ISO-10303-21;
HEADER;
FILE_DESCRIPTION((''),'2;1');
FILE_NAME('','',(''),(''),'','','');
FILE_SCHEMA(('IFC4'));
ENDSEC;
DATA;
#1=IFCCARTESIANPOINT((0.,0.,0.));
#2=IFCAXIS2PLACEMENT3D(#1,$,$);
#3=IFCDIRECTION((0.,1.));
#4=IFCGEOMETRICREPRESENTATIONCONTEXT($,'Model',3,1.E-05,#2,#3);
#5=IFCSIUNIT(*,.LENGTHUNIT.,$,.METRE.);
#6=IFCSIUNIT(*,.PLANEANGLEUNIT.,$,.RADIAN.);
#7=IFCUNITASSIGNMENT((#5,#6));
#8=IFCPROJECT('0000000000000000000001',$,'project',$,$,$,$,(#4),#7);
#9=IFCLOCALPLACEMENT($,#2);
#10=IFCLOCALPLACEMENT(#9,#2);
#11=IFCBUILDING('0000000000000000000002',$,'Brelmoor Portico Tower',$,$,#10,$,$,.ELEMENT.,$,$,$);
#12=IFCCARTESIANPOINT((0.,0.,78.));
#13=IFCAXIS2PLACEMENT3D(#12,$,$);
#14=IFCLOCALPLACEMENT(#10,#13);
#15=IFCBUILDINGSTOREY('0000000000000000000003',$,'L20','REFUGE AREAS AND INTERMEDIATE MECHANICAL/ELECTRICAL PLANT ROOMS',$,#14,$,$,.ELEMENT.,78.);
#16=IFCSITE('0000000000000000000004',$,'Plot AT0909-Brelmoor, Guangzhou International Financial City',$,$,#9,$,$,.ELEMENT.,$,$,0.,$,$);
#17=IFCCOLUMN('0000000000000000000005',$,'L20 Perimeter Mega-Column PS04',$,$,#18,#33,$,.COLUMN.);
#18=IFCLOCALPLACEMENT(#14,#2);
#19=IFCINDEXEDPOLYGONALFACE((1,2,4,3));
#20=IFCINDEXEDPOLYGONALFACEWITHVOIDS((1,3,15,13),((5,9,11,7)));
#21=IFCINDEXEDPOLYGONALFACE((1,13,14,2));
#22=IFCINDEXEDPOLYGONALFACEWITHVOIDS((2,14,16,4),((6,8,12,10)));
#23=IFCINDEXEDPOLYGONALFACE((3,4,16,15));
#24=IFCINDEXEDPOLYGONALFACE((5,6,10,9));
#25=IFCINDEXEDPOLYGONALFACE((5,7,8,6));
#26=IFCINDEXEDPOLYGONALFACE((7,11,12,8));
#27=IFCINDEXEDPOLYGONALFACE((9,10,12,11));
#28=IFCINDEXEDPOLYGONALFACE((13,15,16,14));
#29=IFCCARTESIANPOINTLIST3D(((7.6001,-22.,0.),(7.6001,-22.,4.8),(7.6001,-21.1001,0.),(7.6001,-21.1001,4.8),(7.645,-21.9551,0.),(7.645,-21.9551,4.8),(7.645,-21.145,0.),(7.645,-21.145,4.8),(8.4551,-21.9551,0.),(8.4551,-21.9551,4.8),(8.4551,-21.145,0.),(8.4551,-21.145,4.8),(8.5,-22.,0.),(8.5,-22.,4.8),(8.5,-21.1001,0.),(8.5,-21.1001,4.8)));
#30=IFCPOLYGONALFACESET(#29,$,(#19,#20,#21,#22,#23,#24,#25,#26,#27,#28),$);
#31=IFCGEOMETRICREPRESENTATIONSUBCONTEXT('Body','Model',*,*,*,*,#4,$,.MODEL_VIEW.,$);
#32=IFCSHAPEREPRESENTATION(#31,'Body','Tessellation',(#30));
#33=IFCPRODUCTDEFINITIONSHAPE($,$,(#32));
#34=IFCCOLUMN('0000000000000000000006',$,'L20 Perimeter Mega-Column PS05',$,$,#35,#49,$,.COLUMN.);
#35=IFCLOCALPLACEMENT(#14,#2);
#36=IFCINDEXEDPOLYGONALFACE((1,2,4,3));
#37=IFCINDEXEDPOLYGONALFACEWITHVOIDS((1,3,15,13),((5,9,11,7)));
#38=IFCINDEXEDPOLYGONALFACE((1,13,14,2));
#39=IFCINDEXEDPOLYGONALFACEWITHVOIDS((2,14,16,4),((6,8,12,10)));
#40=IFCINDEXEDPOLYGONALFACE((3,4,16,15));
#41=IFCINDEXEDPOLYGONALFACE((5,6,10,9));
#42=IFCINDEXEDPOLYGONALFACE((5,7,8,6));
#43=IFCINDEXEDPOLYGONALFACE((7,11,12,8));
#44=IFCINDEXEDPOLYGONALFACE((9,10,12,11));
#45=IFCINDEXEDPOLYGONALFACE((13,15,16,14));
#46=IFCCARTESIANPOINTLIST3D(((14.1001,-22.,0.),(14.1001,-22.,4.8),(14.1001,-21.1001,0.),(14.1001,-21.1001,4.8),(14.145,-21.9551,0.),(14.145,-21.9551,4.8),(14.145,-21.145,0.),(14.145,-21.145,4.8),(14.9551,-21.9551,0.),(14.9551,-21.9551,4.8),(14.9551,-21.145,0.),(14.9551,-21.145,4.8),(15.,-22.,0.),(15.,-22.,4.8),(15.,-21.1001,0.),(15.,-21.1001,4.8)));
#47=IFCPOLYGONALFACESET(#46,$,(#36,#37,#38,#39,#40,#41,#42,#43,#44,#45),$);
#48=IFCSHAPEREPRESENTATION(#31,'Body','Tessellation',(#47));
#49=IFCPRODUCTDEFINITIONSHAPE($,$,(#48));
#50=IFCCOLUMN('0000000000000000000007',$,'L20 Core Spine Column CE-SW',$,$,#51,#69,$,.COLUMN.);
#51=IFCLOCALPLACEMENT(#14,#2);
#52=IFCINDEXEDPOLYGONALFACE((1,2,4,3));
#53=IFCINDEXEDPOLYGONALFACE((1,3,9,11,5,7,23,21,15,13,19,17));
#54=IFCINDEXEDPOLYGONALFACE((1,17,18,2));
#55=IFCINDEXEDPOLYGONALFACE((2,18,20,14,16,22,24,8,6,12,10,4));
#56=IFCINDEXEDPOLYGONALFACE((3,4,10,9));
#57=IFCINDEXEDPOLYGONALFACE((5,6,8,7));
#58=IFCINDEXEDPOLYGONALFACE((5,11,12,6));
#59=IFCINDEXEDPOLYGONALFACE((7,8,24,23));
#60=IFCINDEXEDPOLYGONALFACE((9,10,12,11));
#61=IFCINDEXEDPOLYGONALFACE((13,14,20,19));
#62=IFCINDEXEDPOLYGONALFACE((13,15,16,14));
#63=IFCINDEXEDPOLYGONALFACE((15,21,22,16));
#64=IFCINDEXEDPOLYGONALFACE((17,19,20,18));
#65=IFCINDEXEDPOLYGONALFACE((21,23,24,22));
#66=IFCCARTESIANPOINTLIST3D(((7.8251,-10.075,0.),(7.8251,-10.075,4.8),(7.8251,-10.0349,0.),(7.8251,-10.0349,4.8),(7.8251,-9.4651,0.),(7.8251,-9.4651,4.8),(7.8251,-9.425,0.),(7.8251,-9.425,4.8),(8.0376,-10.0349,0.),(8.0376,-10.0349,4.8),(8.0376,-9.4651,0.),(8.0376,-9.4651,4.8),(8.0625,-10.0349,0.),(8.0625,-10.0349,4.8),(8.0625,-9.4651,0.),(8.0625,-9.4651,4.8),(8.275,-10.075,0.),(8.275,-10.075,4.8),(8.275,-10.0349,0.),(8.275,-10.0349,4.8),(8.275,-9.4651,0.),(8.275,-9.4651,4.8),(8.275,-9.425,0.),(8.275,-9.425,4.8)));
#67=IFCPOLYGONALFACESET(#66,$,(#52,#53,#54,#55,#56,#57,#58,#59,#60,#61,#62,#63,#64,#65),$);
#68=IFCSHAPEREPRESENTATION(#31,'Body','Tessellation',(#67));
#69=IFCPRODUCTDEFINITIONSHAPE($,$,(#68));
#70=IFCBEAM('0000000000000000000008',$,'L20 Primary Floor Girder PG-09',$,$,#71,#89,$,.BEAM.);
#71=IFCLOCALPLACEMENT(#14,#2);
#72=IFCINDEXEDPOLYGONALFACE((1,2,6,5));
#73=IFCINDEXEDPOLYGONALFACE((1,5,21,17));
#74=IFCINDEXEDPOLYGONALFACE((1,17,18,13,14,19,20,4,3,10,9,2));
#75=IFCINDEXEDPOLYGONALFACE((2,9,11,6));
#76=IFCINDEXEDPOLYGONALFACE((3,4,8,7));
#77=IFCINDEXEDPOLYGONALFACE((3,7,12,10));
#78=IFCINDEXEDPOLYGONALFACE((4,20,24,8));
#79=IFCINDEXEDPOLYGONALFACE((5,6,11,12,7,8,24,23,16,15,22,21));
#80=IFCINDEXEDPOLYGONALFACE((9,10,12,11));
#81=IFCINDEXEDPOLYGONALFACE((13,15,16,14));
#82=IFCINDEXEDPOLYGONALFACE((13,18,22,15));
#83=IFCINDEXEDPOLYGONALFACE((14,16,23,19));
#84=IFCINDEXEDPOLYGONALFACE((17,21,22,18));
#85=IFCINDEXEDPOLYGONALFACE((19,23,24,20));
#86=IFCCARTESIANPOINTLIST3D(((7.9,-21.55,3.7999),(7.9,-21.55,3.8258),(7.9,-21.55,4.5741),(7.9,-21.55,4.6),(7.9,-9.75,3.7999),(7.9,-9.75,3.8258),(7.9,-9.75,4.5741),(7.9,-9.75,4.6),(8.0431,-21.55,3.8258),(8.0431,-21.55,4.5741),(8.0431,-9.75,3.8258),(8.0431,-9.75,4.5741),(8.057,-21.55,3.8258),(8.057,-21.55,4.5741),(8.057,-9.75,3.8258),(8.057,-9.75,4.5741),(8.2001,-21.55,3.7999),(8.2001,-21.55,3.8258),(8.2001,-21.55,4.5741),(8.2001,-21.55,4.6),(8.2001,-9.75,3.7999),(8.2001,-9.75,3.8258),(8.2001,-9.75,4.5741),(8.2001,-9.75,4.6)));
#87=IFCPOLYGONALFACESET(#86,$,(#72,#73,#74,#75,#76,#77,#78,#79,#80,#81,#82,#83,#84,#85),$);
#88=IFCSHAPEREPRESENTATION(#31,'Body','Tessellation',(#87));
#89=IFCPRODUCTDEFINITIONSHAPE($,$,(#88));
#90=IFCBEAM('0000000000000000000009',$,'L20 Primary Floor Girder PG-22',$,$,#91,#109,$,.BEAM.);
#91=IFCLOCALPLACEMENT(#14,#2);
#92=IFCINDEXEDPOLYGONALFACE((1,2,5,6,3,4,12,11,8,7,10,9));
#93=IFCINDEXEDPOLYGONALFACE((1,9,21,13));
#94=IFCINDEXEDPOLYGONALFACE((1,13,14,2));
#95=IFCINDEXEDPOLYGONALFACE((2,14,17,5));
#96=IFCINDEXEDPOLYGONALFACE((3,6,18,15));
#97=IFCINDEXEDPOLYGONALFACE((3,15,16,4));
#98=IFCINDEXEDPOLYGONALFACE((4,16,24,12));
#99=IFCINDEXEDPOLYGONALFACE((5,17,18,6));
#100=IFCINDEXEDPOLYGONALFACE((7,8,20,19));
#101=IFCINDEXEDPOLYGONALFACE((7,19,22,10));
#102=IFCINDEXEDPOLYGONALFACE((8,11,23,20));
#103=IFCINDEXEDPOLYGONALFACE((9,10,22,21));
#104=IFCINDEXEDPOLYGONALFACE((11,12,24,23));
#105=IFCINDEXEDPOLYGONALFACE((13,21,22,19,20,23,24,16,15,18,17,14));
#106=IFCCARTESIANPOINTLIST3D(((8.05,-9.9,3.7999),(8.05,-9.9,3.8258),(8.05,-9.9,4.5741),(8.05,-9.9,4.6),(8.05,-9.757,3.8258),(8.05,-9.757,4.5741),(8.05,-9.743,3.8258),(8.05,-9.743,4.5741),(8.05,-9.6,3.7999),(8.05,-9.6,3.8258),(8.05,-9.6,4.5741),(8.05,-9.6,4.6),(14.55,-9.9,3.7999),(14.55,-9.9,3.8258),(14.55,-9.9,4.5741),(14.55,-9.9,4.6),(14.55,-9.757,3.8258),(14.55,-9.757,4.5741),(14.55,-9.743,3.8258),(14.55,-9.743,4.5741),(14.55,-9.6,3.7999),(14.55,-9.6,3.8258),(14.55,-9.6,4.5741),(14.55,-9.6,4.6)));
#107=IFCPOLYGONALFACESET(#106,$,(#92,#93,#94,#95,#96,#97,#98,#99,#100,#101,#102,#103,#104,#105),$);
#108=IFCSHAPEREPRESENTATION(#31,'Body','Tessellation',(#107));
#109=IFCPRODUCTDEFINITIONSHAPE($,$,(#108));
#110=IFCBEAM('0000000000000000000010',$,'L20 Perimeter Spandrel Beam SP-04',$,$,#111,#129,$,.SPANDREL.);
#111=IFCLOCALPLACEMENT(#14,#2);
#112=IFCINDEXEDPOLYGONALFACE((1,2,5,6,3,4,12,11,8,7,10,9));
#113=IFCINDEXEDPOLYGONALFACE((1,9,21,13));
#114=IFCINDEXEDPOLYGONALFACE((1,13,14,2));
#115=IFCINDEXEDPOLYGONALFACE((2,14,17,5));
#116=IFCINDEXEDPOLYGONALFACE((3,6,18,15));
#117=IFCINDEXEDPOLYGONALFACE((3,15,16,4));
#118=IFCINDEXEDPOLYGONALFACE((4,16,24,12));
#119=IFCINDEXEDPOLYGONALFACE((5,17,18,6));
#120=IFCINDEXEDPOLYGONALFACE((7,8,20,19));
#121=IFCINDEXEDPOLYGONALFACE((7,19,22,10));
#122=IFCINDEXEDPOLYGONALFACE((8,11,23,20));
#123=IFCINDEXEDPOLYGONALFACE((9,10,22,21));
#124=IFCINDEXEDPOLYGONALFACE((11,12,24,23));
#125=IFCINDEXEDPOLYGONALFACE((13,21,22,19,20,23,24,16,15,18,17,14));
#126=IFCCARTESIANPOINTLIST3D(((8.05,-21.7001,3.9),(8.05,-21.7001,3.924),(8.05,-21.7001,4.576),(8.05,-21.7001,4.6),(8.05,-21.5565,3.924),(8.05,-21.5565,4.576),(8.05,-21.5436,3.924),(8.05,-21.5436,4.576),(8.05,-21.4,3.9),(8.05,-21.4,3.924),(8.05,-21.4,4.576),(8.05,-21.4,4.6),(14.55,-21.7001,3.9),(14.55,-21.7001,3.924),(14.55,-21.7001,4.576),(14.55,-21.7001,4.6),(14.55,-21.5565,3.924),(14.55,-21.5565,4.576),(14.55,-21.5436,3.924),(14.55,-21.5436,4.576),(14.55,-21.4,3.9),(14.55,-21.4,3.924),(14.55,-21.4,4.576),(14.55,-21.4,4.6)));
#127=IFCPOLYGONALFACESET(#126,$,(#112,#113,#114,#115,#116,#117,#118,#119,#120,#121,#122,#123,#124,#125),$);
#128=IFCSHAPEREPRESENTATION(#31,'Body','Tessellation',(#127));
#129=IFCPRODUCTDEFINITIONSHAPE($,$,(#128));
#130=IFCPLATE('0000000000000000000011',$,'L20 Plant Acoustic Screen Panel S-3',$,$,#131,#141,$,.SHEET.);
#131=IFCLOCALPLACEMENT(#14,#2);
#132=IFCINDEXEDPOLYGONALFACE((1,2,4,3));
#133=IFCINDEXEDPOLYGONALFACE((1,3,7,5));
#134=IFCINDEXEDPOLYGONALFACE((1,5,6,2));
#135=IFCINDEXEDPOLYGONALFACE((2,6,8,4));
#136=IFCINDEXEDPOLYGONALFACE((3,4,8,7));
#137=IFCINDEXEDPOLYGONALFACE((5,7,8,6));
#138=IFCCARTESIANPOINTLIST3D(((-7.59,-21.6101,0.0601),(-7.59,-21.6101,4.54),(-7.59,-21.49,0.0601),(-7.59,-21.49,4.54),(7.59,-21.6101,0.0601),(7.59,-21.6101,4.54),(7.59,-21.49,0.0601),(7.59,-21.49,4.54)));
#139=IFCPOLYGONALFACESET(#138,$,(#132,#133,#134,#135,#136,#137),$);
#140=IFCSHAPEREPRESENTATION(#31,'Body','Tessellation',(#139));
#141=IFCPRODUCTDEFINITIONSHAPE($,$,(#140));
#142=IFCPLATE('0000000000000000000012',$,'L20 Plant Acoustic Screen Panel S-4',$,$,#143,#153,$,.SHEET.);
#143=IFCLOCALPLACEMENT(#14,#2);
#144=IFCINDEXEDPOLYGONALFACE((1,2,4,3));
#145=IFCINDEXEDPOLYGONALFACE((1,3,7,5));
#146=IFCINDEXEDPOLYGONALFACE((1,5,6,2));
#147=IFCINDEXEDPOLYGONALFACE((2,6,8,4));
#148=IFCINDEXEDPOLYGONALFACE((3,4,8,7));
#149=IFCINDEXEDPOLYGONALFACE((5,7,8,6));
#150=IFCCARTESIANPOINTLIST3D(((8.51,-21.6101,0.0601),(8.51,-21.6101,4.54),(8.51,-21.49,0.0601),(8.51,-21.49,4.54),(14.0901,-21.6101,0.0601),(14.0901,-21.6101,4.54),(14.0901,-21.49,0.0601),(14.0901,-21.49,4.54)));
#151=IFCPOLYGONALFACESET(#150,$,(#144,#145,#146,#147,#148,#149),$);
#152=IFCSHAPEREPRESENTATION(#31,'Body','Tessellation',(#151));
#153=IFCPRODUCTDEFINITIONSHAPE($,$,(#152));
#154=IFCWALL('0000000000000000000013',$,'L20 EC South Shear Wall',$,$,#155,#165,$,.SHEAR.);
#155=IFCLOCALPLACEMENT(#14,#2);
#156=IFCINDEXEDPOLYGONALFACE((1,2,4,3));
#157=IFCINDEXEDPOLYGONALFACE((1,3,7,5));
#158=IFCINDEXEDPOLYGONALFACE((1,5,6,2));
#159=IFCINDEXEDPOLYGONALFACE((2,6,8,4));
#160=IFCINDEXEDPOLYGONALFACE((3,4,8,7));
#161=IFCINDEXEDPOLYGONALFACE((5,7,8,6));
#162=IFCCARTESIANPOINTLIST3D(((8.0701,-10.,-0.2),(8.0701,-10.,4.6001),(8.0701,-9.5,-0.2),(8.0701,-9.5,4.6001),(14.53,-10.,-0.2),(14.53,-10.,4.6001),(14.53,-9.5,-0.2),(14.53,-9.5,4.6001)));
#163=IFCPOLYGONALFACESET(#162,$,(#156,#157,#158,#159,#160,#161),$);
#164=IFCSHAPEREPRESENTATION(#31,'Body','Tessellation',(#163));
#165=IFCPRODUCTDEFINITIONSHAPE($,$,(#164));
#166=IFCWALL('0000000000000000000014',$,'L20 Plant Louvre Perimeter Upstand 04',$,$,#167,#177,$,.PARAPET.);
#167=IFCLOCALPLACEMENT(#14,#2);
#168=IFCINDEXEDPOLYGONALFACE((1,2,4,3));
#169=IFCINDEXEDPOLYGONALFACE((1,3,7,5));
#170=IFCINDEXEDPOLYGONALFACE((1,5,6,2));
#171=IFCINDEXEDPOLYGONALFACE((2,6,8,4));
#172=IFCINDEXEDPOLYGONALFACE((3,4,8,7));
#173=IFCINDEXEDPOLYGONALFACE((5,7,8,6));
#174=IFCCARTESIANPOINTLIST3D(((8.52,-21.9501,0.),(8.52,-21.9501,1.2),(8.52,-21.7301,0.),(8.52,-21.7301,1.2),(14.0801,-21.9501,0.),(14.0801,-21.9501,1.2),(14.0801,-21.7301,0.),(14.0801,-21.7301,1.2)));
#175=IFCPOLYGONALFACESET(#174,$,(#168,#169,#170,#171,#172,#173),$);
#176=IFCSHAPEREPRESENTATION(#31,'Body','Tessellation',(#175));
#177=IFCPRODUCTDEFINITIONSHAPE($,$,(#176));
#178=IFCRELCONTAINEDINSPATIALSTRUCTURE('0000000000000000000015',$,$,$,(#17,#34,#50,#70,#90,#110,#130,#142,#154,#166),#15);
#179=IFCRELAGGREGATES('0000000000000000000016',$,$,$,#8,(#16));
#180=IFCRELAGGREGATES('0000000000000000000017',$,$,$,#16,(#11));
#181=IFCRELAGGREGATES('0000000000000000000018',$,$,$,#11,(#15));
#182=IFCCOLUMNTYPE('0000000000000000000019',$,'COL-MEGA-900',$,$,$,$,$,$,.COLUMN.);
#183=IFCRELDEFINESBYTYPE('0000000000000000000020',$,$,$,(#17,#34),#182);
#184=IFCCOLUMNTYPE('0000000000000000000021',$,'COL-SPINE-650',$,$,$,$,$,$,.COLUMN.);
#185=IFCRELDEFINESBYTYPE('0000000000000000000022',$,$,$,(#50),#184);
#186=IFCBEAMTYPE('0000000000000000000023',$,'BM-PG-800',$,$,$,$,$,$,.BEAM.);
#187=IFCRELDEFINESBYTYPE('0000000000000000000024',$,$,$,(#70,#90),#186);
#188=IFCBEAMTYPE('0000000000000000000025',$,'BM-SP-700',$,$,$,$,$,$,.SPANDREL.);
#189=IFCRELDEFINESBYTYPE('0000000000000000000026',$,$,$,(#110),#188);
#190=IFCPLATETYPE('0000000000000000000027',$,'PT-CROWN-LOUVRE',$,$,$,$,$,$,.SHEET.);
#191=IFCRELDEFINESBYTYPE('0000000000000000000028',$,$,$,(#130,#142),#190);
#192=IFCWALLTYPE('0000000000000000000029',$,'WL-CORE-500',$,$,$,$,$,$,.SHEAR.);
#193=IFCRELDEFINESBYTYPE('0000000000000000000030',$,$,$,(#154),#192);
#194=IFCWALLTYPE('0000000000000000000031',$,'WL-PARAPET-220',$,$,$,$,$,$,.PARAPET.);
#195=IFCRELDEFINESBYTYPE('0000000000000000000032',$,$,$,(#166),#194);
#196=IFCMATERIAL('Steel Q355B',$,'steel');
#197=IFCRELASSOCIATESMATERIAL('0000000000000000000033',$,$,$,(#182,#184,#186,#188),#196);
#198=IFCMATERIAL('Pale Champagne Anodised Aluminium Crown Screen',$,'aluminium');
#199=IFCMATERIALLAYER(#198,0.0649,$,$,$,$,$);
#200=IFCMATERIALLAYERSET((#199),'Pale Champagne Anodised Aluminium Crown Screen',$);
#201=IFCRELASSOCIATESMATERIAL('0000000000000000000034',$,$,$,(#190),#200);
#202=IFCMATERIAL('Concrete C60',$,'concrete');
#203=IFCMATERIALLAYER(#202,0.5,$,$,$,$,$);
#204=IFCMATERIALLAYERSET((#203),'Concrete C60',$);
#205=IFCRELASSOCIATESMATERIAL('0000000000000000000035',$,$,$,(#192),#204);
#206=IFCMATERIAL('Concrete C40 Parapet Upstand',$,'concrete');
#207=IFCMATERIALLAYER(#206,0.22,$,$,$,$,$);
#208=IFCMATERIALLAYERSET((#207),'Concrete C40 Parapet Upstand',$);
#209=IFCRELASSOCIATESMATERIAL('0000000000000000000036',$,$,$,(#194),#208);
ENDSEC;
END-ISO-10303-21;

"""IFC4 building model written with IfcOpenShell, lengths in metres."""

from ifc_helpers import new_model, si_unit, direction, frame, frame_2d, origin, origin_2d, place, context, subcontext, project, spatial, rectangle, hollow_rectangle, i_section, extrude, material, layer, layer_set, material_profile, profile_set, type_object, element, save


model = new_model("IFC4")

# Units and contexts
model_context = context("Model", 3, precision=1e-05, world=origin(), true_north=direction((0.0, 1.0)))
body_context = subcontext(model_context, "Body", "Model", "MODEL_VIEW")
ifc_project = project(units=[si_unit("LENGTHUNIT", "METRE"), si_unit("PLANEANGLEUNIT", "RADIAN")], contexts=[model_context])

# Site, building, storey
site_placement = place(None, origin())
site = spatial("IfcSite", under=ifc_project, at=site_placement, Name="Plot AT0909-Brelmoor, Guangzhou International Financial City", CompositionType="ELEMENT", RefElevation=0.0)
building_placement = place(site_placement, origin())
building = spatial("IfcBuilding", under=site, at=building_placement, Name="Brelmoor Portico Tower", CompositionType="ELEMENT")
storey_placement = place(building_placement, frame((0.0, 0.0, 78.0)))
storey = spatial("IfcBuildingStorey", under=building, at=storey_placement, Name="L20", Description="REFUGE AREAS AND INTERMEDIATE MECHANICAL/ELECTRICAL PLANT ROOMS", CompositionType="ELEMENT", Elevation=78.0)

# Columns
ifc_material_1 = material(Name="Steel Q355B", Category="steel")
ifc_material_profile_1 = material_profile(ifc_material_1, hollow_rectangle(XDim=0.8999, YDim=0.8999, WallThickness=0.0449, at=origin_2d()), Name="BOX 900x900x45")
ifc_profile_set_1 = profile_set([ifc_material_profile_1], Name="Steel Q355B")
column_type_1 = type_object("IfcColumnType", Name="COL-MEGA-900", PredefinedType="COLUMN", material=ifc_profile_set_1)
for number, where, z_axis, x_axis, name in (
    (1, (8.05, -21.55, 0.0), (0.0, 0.0, 1.0), (1.0, 0.0, 0.0), "L20 Perimeter Mega-Column PS04"),
    (2, (14.55, -21.55, 0.0), (0.0, 0.0, 1.0), (1.0, 0.0, 0.0), "L20 Perimeter Mega-Column PS05"),
):
    element("IfcColumn", number, at=place(storey_placement, frame(where, z_axis=z_axis, x_axis=x_axis)), inside=storey, type_object=column_type_1, Name=name, PredefinedType="COLUMN", context=body_context, shape_type="SweptSolid", body=[
        extrude(hollow_rectangle(XDim=0.8999, YDim=0.8999, WallThickness=0.0449, at=origin_2d()), origin(), (0.0, 0.0, 1.0), 4.8),
    ])
ifc_material_profile_2 = material_profile(ifc_material_1, i_section(OverallWidth=0.45, OverallDepth=0.6499, WebThickness=0.0249, FlangeThickness=0.04, at=origin_2d()), Name="HW 650x450x25x40")
ifc_profile_set_2 = profile_set([ifc_material_profile_2], Name="Steel Q355B")
column_type_2 = type_object("IfcColumnType", Name="COL-SPINE-650", PredefinedType="COLUMN", material=ifc_profile_set_2)
column_placement = place(storey_placement, frame((8.05, -9.75, 0.0), z_axis=(0.0, 0.0, 1.0), x_axis=(1.0, 0.0, 0.0)))
element("IfcColumn", 3, at=column_placement, inside=storey, type_object=column_type_2, Name="L20 Core Spine Column CE-SW", PredefinedType="COLUMN", context=body_context, shape_type="SweptSolid", body=[
    extrude(i_section(OverallWidth=0.45, OverallDepth=0.6499, WebThickness=0.0249, FlangeThickness=0.04, at=origin_2d()), origin(), (0.0, 0.0, 1.0), 4.8),
])

# Beams
ifc_material_profile_3 = material_profile(ifc_material_1, i_section(OverallWidth=0.3, OverallDepth=0.8, WebThickness=0.0139, FlangeThickness=0.0259, at=origin_2d()), Name="HN 800x300x14x26")
ifc_profile_set_3 = profile_set([ifc_material_profile_3], Name="Steel Q355B")
beam_type_1 = type_object("IfcBeamType", Name="BM-PG-800", PredefinedType="BEAM", material=ifc_profile_set_3)
beam_1_placement = place(storey_placement, frame((8.05, -21.55, 4.2), z_axis=(0.0, 1.0, 0.0), x_axis=(-1.0, 0.0, 0.0)))
element("IfcBeam", 4, at=beam_1_placement, inside=storey, type_object=beam_type_1, Name="L20 Primary Floor Girder PG-09", PredefinedType="BEAM", context=body_context, shape_type="SweptSolid", body=[
    extrude(i_section(OverallWidth=0.3, OverallDepth=0.8, WebThickness=0.0139, FlangeThickness=0.0259, at=origin_2d()), origin(), (0.0, 0.0, 1.0), 11.8),
])
beam_2_placement = place(storey_placement, frame((8.05, -9.75, 4.2), z_axis=(1.0, 0.0, 0.0), x_axis=(0.0, 1.0, 0.0)))
element("IfcBeam", 5, at=beam_2_placement, inside=storey, type_object=beam_type_1, Name="L20 Primary Floor Girder PG-22", PredefinedType="BEAM", context=body_context, shape_type="SweptSolid", body=[
    extrude(i_section(OverallWidth=0.3, OverallDepth=0.8, WebThickness=0.0139, FlangeThickness=0.0259, at=origin_2d()), origin(), (0.0, 0.0, 1.0), 6.5),
])
ifc_material_profile_4 = material_profile(ifc_material_1, i_section(OverallWidth=0.3, OverallDepth=0.7, WebThickness=0.0129, FlangeThickness=0.0239, at=origin_2d()), Name="HN 700x300x13x24")
ifc_profile_set_4 = profile_set([ifc_material_profile_4], Name="Steel Q355B")
beam_type_2 = type_object("IfcBeamType", Name="BM-SP-700", PredefinedType="SPANDREL", material=ifc_profile_set_4)
beam_3_placement = place(storey_placement, frame((8.05, -21.55, 4.25), z_axis=(1.0, 0.0, 0.0), x_axis=(0.0, 1.0, 0.0)))
element("IfcBeam", 6, at=beam_3_placement, inside=storey, type_object=beam_type_2, Name="L20 Perimeter Spandrel Beam SP-04", PredefinedType="SPANDREL", context=body_context, shape_type="SweptSolid", body=[
    extrude(i_section(OverallWidth=0.3, OverallDepth=0.7, WebThickness=0.0129, FlangeThickness=0.0239, at=origin_2d()), origin(), (0.0, 0.0, 1.0), 6.5),
])

# Plates
ifc_material_2 = material(Name="Pale Champagne Anodised Aluminium Crown Screen", Category="aluminium")
ifc_layer_1 = layer(ifc_material_2, 0.0649)
ifc_layer_set_1 = layer_set([ifc_layer_1], Name="Pale Champagne Anodised Aluminium Crown Screen")
plate_type = type_object("IfcPlateType", Name="PT-CROWN-LOUVRE", PredefinedType="SHEET", material=ifc_layer_set_1)
plate_1_placement = place(storey_placement, frame((0.0, -21.55, 0.0601), z_axis=(0.0, 0.0, 1.0), x_axis=(1.0, 0.0, 0.0)))
element("IfcPlate", 7, at=plate_1_placement, inside=storey, type_object=plate_type, Name="L20 Plant Acoustic Screen Panel S-3", PredefinedType="SHEET", context=body_context, shape_type="SweptSolid", body=[
    extrude(rectangle(XDim=15.1799, YDim=0.1201, at=origin_2d()), origin(), (0.0, 0.0, 1.0), 4.48),
])
plate_2_placement = place(storey_placement, frame((11.3, -21.55, 0.0601), z_axis=(0.0, 0.0, 1.0), x_axis=(1.0, 0.0, 0.0)))
element("IfcPlate", 8, at=plate_2_placement, inside=storey, type_object=plate_type, Name="L20 Plant Acoustic Screen Panel S-4", PredefinedType="SHEET", context=body_context, shape_type="SweptSolid", body=[
    extrude(rectangle(XDim=5.5801, YDim=0.1201, at=origin_2d()), origin(), (0.0, 0.0, 1.0), 4.48),
])

# Walls
ifc_material_3 = material(Name="Concrete C60", Category="concrete")
ifc_layer_2 = layer(ifc_material_3, 0.5)
ifc_layer_set_2 = layer_set([ifc_layer_2], Name="Concrete C60")
wall_type_1 = type_object("IfcWallType", Name="WL-CORE-500", PredefinedType="SHEAR", material=ifc_layer_set_2)
wall_1_placement = place(storey_placement, frame((8.0701, -9.75, -0.2), z_axis=(0.0, 0.0, 1.0), x_axis=(1.0, 0.0, 0.0)))
element("IfcWall", 9, at=wall_1_placement, inside=storey, type_object=wall_type_1, Name="L20 EC South Shear Wall", PredefinedType="SHEAR", context=body_context, shape_type="SweptSolid", body=[
    extrude(rectangle(XDim=6.46, YDim=0.5, at=frame_2d((3.23, 0.0))), origin(), (0.0, 0.0, 1.0), 4.8),
])
ifc_material_4 = material(Name="Concrete C40 Parapet Upstand", Category="concrete")
ifc_layer_3 = layer(ifc_material_4, 0.22)
ifc_layer_set_3 = layer_set([ifc_layer_3], Name="Concrete C40 Parapet Upstand")
wall_type_2 = type_object("IfcWallType", Name="WL-PARAPET-220", PredefinedType="PARAPET", material=ifc_layer_set_3)
wall_2_placement = place(storey_placement, frame((8.52, -21.8401, 0.0), z_axis=(0.0, 0.0, 1.0), x_axis=(1.0, 0.0, 0.0)))
element("IfcWall", 10, at=wall_2_placement, inside=storey, type_object=wall_type_2, Name="L20 Plant Louvre Perimeter Upstand 04", PredefinedType="PARAPET", context=body_context, shape_type="SweptSolid", body=[
    extrude(rectangle(XDim=5.5601, YDim=0.22, at=frame_2d((2.78, 0.0))), origin(), (0.0, 0.0, 1.0), 1.2),
])

save(model, "model.ifc")
